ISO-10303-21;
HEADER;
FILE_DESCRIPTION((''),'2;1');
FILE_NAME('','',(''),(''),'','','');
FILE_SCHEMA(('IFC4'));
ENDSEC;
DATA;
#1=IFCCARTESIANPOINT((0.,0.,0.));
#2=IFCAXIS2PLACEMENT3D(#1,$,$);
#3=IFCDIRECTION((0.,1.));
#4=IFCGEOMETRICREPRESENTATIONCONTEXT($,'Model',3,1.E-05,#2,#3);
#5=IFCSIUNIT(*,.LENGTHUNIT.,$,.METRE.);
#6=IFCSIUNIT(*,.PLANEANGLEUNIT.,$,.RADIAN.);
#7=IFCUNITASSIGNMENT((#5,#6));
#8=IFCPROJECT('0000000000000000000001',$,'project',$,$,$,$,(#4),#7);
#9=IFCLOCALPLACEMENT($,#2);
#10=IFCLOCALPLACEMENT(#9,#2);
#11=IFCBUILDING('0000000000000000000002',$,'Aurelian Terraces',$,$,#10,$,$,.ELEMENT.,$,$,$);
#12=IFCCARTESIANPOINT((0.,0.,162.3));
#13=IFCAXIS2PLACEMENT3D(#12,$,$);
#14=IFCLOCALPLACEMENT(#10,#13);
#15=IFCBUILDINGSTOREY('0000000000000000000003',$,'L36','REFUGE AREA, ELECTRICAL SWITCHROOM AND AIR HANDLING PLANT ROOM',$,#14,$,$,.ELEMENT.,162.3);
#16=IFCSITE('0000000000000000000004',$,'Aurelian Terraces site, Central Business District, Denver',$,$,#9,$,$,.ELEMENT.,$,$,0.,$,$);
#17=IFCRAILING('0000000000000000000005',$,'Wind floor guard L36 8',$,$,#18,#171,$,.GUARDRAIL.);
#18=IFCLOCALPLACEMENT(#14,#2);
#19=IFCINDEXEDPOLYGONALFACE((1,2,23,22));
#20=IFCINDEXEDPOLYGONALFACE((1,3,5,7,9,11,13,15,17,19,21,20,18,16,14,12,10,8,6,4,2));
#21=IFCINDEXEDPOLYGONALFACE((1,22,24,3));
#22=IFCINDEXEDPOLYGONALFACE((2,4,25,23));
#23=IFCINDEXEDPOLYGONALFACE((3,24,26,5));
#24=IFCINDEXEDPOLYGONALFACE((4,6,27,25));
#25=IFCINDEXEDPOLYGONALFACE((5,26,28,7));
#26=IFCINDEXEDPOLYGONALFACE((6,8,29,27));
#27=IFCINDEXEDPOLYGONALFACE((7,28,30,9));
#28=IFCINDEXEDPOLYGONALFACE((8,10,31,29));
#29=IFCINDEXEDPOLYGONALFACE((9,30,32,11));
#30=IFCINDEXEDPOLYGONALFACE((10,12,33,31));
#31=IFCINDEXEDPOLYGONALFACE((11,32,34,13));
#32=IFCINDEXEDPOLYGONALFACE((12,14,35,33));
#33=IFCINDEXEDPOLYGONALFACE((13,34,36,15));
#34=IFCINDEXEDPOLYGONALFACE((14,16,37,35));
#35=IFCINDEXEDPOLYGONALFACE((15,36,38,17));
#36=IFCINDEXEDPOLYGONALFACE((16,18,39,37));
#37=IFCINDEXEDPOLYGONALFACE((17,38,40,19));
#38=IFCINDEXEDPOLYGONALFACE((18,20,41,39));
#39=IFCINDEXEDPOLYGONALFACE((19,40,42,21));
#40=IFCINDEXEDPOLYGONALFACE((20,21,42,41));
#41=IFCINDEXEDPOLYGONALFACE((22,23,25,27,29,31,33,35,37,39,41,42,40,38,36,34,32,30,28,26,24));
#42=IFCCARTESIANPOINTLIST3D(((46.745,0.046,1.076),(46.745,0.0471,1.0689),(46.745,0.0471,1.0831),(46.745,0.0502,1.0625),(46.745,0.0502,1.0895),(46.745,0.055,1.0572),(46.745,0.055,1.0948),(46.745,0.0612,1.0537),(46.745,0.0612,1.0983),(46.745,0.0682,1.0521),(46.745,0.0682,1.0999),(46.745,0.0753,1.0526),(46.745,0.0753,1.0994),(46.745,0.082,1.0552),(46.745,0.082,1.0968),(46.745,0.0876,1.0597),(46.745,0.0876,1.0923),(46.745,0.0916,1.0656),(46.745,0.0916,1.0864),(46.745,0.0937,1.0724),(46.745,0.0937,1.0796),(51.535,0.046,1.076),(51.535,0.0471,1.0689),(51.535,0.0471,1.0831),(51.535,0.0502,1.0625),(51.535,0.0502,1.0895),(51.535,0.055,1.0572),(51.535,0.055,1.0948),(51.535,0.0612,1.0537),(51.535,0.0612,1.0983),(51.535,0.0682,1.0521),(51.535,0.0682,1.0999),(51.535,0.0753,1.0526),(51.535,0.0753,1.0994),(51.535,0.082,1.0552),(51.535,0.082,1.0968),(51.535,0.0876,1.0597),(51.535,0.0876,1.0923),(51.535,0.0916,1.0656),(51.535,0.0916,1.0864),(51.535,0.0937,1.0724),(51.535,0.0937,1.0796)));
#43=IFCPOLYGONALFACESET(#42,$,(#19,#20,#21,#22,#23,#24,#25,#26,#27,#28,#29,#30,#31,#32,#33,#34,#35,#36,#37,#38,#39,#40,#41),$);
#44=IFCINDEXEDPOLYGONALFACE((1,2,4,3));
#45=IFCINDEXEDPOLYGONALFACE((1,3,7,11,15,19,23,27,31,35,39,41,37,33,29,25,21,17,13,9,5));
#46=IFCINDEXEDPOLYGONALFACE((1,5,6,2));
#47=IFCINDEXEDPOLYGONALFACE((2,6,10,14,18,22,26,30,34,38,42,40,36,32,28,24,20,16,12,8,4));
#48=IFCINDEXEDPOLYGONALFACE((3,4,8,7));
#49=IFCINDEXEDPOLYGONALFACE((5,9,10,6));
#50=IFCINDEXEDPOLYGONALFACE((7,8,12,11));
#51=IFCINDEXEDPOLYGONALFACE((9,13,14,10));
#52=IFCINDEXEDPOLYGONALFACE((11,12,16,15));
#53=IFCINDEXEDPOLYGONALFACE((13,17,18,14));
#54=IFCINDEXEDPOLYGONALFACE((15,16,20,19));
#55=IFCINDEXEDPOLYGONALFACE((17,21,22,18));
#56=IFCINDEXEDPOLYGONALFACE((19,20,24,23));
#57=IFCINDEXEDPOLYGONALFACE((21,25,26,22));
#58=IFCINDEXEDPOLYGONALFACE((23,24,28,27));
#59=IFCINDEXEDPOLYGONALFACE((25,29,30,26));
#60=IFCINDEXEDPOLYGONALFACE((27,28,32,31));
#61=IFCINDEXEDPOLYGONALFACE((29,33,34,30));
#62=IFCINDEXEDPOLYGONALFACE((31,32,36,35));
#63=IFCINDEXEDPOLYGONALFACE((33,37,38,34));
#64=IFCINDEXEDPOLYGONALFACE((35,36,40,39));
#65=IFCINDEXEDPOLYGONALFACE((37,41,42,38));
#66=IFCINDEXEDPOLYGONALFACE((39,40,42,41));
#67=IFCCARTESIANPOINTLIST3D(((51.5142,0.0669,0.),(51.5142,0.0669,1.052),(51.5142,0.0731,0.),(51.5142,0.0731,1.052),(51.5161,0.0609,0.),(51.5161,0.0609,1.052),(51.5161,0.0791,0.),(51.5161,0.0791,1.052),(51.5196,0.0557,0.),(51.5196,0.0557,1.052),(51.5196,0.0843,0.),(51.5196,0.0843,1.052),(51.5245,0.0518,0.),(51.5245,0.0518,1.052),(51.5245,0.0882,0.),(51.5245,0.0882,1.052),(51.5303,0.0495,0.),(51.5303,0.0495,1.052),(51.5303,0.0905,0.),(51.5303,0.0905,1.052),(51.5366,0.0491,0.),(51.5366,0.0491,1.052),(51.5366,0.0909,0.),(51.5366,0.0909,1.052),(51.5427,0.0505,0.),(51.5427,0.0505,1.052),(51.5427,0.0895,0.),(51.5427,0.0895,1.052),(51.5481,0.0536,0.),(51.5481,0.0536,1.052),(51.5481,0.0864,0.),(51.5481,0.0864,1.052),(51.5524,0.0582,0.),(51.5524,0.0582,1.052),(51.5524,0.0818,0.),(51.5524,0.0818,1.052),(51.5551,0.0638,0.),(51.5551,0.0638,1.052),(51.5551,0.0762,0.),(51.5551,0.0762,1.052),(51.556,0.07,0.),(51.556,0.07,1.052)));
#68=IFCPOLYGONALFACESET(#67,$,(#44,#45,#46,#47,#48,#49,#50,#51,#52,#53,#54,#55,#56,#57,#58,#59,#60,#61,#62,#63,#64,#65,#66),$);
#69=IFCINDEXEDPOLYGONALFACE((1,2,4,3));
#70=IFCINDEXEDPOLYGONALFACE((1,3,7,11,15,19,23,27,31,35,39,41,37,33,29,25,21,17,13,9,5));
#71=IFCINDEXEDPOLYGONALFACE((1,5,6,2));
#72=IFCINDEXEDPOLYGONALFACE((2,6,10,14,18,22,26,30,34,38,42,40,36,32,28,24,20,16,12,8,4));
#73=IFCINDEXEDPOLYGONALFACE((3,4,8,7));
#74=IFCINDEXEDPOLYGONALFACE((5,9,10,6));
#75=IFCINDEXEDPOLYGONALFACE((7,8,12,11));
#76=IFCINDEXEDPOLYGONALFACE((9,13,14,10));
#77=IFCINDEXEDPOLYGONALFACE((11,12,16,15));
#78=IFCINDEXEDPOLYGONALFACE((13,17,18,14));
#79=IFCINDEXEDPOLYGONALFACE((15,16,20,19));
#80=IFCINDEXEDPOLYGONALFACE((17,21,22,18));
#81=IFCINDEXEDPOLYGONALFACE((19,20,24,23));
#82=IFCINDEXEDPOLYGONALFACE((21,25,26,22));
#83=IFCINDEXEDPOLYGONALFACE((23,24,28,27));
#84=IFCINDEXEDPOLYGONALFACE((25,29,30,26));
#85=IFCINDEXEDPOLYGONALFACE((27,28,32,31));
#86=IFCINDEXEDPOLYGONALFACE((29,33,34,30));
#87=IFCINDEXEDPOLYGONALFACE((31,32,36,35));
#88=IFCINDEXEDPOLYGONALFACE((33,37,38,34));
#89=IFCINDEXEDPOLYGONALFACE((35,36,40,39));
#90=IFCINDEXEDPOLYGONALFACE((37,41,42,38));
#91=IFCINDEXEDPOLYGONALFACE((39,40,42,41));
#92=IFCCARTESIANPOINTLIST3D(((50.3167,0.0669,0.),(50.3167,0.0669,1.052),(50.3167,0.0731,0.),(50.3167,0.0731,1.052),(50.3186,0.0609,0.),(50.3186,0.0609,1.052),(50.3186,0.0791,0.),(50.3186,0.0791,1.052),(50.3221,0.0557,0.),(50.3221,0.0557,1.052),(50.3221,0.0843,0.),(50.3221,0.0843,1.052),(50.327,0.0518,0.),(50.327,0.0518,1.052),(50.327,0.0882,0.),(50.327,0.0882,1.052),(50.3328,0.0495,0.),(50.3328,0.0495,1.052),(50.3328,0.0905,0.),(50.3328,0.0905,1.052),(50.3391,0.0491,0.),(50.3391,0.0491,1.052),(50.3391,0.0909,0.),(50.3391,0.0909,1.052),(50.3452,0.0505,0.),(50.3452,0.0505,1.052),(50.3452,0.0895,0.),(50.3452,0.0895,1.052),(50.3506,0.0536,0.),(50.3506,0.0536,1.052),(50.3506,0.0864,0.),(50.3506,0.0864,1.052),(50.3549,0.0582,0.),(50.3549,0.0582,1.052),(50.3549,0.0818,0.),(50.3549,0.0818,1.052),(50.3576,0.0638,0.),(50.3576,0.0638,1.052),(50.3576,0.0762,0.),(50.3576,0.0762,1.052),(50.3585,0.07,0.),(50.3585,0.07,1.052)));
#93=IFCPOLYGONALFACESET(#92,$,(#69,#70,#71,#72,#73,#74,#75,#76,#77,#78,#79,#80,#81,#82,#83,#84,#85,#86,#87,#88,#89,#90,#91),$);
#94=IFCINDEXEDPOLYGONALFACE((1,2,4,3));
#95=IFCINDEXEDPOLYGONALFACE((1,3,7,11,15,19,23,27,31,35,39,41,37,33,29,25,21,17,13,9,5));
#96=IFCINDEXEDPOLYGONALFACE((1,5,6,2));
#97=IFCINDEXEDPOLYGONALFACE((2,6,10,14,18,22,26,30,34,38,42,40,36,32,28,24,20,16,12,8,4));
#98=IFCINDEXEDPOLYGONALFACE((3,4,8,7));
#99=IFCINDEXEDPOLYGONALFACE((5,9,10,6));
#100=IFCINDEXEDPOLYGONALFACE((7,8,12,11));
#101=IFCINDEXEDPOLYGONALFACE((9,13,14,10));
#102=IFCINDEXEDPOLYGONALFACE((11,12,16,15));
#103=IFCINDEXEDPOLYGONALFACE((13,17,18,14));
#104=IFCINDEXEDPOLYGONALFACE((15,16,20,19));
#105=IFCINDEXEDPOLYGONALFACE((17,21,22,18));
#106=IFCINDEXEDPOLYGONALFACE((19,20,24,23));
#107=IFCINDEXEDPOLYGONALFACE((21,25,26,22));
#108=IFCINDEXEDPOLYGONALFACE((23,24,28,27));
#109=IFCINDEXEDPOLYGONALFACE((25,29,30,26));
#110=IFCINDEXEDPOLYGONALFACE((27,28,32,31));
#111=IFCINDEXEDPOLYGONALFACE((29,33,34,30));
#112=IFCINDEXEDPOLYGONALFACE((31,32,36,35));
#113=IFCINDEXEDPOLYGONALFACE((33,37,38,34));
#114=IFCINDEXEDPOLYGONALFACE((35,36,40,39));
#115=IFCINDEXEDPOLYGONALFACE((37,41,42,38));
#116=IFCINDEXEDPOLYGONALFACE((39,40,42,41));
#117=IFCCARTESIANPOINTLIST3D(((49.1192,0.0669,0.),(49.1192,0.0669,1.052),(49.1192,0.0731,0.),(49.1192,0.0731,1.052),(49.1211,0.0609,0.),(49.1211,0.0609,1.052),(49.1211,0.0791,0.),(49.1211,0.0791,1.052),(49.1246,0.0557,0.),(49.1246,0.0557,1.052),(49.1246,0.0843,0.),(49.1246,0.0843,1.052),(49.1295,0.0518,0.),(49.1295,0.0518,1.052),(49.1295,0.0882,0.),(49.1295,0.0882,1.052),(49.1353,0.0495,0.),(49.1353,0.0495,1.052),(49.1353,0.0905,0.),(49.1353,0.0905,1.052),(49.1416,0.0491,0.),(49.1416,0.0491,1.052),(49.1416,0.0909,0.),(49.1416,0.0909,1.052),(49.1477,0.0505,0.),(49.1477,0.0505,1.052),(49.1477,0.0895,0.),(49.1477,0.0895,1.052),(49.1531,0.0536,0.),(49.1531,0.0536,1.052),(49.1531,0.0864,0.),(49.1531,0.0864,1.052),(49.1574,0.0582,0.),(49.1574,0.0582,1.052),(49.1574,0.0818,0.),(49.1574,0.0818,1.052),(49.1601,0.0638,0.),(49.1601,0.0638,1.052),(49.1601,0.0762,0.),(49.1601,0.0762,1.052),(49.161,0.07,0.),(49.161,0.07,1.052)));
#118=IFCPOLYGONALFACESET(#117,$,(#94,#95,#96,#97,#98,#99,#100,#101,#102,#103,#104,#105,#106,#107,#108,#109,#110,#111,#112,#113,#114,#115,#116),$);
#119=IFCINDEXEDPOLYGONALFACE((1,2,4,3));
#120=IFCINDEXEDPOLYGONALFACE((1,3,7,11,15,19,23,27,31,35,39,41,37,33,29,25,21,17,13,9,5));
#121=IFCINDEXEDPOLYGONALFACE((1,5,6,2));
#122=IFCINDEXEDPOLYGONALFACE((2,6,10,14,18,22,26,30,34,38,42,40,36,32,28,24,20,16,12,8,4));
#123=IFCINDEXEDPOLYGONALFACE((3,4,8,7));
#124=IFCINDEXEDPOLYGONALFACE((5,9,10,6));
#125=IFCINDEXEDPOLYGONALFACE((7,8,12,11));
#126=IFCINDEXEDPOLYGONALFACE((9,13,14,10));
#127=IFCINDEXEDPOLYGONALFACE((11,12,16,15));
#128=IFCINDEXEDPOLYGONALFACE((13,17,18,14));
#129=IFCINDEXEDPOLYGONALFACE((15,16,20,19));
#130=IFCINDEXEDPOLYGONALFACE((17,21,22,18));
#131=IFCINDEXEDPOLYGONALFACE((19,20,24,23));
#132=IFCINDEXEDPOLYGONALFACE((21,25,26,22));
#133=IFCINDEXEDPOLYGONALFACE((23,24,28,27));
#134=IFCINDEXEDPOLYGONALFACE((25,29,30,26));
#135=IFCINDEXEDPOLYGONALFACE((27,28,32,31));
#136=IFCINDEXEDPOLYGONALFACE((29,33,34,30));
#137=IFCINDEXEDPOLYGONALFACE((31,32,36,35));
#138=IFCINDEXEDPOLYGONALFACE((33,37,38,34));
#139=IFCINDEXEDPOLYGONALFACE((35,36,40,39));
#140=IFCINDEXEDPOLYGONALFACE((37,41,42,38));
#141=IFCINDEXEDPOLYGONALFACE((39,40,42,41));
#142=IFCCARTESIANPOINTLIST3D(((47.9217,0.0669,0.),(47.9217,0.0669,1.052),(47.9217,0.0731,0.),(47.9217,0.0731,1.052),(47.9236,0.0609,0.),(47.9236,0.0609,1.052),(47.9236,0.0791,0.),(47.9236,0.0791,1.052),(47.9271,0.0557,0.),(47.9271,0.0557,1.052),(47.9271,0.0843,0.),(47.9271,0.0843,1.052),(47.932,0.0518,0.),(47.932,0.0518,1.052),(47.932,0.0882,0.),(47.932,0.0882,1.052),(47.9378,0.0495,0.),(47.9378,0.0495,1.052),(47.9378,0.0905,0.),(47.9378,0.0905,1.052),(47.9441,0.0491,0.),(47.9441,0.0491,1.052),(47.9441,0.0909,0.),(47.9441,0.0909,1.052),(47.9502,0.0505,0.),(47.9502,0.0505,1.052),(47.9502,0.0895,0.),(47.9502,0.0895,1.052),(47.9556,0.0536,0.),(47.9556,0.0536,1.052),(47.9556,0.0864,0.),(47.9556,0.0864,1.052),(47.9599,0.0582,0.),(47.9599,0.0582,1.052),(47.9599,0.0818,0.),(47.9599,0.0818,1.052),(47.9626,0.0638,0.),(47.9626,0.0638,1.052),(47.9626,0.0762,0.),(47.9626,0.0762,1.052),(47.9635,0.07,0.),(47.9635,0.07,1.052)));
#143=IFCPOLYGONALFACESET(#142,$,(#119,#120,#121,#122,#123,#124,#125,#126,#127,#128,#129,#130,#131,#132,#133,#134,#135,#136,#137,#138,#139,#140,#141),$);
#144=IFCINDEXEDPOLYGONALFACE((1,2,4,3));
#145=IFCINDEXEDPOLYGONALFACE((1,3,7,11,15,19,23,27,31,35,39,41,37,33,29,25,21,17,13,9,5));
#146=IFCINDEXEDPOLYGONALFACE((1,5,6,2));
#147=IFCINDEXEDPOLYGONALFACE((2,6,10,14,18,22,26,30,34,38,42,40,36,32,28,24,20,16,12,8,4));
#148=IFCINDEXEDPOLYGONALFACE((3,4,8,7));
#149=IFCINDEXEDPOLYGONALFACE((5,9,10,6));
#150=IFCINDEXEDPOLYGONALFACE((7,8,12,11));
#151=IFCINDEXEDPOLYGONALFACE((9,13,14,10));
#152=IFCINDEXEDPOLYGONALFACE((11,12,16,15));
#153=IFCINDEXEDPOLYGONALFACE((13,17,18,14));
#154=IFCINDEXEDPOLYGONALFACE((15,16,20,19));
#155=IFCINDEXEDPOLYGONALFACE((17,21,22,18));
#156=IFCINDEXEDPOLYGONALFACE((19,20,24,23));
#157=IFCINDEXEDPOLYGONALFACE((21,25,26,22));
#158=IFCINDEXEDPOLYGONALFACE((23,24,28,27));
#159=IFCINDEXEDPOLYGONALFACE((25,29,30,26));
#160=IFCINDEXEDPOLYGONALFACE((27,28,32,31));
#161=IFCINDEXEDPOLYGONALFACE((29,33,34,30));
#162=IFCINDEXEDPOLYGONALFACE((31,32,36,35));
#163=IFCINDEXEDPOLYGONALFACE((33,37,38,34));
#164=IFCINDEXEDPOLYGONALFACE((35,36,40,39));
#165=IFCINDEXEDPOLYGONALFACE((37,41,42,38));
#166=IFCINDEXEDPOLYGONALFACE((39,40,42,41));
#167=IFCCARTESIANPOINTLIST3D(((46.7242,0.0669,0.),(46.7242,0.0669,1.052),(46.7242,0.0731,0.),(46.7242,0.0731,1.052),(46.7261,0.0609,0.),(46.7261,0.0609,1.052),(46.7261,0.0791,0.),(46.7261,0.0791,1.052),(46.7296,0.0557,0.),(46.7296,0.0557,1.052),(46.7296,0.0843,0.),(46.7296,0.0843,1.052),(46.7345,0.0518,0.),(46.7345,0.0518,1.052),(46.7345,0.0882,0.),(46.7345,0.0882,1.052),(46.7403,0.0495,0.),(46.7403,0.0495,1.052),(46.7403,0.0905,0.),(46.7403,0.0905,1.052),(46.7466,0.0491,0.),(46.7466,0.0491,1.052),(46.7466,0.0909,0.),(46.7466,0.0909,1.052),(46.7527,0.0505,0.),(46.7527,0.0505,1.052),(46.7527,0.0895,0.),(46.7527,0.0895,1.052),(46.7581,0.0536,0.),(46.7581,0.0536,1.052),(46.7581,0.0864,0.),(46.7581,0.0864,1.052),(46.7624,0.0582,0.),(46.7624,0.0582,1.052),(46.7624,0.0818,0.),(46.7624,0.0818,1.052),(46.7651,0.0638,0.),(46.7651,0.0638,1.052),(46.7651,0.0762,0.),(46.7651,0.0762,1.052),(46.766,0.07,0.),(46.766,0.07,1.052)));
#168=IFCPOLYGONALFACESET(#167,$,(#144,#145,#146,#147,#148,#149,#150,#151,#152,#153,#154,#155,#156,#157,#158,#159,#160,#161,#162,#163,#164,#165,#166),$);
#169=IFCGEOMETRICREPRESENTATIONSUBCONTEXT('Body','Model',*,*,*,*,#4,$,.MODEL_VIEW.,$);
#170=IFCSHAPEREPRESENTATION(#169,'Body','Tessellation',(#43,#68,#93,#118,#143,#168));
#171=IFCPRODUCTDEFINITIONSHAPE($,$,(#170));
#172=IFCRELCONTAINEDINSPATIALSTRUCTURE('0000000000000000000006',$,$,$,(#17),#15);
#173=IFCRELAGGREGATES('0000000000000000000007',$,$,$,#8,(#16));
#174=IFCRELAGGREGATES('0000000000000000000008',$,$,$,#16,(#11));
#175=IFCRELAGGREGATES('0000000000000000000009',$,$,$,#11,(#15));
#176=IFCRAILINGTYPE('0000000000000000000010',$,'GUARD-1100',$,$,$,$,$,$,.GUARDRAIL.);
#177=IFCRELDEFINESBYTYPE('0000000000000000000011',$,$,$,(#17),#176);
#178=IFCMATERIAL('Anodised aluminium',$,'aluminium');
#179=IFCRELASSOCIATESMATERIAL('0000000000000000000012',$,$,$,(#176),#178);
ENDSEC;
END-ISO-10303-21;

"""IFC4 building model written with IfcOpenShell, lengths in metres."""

from ifc_helpers import new_model, si_unit, direction, frame, origin, origin_2d, place, context, subcontext, project, spatial, circle, extrude, source, transform, mapped, material, type_object, element, save


model = new_model("IFC4")

# Units and contexts
model_context = context("Model", 3, precision=1e-05, world=origin(), true_north=direction((0.0, 1.0)))
body_context = subcontext(model_context, "Body", "Model", "MODEL_VIEW")
ifc_project = project(units=[si_unit("LENGTHUNIT", "METRE"), si_unit("PLANEANGLEUNIT", "RADIAN")], contexts=[model_context])

# Site, building, storey
site_placement = place(None, origin())
site = spatial("IfcSite", under=ifc_project, at=site_placement, Name="Aurelian Terraces site, Central Business District, Denver", CompositionType="ELEMENT", RefElevation=0.0)
building_placement = place(site_placement, origin())
building = spatial("IfcBuilding", under=site, at=building_placement, Name="Aurelian Terraces", CompositionType="ELEMENT")
storey_placement = place(building_placement, frame((0.0, 0.0, 162.3)))
storey = spatial("IfcBuildingStorey", under=building, at=storey_placement, Name="L36", Description="REFUGE AREA, ELECTRICAL SWITCHROOM AND AIR HANDLING PLANT ROOM", CompositionType="ELEMENT", Elevation=162.3)

# Railing
ifc_material_1 = material(Name="Anodised aluminium", Category="aluminium")
railing_type_1 = type_object("IfcRailingType", Name="GUARD-1100", PredefinedType="GUARDRAIL", material=ifc_material_1)
shared_shape_1 = source(origin(), body_context, "Body", "SweptSolid", [
    extrude(circle(Radius=0.024, at=origin_2d()), frame((0.0, 0.0, 1.076), z_axis=(-1.0, 0.0, 0.0), x_axis=(0.0, -1.0, 0.0)), (0.0, 0.0, 1.0), 4.79),
    extrude(circle(Radius=0.021, at=origin_2d()), origin(), (0.0, 0.0, 1.0), 1.052),
    extrude(circle(Radius=0.021, at=origin_2d()), frame((-1.1975, 0.0, 0.0)), (0.0, 0.0, 1.0), 1.052),
    extrude(circle(Radius=0.021, at=origin_2d()), frame((-2.395, 0.0, 0.0)), (0.0, 0.0, 1.0), 1.052),
    extrude(circle(Radius=0.021, at=origin_2d()), frame((-3.5925, 0.0, 0.0)), (0.0, 0.0, 1.0), 1.052),
    extrude(circle(Radius=0.021, at=origin_2d()), frame((-4.79, 0.0, 0.0)), (0.0, 0.0, 1.0), 1.052),
])
railing_1_placement = place(storey_placement, frame((51.535, 0.07, 0.0)))
element("IfcRailing", 1, at=railing_1_placement, inside=storey, type_object=railing_type_1, Name="Wind floor guard L36 8", PredefinedType="GUARDRAIL", context=body_context, shape_type="MappedRepresentation", body=[
    mapped(shared_shape_1, transform((0.0, 0.0, 0.0), scale=1.0)),
])

save(model, "model.ifc")
